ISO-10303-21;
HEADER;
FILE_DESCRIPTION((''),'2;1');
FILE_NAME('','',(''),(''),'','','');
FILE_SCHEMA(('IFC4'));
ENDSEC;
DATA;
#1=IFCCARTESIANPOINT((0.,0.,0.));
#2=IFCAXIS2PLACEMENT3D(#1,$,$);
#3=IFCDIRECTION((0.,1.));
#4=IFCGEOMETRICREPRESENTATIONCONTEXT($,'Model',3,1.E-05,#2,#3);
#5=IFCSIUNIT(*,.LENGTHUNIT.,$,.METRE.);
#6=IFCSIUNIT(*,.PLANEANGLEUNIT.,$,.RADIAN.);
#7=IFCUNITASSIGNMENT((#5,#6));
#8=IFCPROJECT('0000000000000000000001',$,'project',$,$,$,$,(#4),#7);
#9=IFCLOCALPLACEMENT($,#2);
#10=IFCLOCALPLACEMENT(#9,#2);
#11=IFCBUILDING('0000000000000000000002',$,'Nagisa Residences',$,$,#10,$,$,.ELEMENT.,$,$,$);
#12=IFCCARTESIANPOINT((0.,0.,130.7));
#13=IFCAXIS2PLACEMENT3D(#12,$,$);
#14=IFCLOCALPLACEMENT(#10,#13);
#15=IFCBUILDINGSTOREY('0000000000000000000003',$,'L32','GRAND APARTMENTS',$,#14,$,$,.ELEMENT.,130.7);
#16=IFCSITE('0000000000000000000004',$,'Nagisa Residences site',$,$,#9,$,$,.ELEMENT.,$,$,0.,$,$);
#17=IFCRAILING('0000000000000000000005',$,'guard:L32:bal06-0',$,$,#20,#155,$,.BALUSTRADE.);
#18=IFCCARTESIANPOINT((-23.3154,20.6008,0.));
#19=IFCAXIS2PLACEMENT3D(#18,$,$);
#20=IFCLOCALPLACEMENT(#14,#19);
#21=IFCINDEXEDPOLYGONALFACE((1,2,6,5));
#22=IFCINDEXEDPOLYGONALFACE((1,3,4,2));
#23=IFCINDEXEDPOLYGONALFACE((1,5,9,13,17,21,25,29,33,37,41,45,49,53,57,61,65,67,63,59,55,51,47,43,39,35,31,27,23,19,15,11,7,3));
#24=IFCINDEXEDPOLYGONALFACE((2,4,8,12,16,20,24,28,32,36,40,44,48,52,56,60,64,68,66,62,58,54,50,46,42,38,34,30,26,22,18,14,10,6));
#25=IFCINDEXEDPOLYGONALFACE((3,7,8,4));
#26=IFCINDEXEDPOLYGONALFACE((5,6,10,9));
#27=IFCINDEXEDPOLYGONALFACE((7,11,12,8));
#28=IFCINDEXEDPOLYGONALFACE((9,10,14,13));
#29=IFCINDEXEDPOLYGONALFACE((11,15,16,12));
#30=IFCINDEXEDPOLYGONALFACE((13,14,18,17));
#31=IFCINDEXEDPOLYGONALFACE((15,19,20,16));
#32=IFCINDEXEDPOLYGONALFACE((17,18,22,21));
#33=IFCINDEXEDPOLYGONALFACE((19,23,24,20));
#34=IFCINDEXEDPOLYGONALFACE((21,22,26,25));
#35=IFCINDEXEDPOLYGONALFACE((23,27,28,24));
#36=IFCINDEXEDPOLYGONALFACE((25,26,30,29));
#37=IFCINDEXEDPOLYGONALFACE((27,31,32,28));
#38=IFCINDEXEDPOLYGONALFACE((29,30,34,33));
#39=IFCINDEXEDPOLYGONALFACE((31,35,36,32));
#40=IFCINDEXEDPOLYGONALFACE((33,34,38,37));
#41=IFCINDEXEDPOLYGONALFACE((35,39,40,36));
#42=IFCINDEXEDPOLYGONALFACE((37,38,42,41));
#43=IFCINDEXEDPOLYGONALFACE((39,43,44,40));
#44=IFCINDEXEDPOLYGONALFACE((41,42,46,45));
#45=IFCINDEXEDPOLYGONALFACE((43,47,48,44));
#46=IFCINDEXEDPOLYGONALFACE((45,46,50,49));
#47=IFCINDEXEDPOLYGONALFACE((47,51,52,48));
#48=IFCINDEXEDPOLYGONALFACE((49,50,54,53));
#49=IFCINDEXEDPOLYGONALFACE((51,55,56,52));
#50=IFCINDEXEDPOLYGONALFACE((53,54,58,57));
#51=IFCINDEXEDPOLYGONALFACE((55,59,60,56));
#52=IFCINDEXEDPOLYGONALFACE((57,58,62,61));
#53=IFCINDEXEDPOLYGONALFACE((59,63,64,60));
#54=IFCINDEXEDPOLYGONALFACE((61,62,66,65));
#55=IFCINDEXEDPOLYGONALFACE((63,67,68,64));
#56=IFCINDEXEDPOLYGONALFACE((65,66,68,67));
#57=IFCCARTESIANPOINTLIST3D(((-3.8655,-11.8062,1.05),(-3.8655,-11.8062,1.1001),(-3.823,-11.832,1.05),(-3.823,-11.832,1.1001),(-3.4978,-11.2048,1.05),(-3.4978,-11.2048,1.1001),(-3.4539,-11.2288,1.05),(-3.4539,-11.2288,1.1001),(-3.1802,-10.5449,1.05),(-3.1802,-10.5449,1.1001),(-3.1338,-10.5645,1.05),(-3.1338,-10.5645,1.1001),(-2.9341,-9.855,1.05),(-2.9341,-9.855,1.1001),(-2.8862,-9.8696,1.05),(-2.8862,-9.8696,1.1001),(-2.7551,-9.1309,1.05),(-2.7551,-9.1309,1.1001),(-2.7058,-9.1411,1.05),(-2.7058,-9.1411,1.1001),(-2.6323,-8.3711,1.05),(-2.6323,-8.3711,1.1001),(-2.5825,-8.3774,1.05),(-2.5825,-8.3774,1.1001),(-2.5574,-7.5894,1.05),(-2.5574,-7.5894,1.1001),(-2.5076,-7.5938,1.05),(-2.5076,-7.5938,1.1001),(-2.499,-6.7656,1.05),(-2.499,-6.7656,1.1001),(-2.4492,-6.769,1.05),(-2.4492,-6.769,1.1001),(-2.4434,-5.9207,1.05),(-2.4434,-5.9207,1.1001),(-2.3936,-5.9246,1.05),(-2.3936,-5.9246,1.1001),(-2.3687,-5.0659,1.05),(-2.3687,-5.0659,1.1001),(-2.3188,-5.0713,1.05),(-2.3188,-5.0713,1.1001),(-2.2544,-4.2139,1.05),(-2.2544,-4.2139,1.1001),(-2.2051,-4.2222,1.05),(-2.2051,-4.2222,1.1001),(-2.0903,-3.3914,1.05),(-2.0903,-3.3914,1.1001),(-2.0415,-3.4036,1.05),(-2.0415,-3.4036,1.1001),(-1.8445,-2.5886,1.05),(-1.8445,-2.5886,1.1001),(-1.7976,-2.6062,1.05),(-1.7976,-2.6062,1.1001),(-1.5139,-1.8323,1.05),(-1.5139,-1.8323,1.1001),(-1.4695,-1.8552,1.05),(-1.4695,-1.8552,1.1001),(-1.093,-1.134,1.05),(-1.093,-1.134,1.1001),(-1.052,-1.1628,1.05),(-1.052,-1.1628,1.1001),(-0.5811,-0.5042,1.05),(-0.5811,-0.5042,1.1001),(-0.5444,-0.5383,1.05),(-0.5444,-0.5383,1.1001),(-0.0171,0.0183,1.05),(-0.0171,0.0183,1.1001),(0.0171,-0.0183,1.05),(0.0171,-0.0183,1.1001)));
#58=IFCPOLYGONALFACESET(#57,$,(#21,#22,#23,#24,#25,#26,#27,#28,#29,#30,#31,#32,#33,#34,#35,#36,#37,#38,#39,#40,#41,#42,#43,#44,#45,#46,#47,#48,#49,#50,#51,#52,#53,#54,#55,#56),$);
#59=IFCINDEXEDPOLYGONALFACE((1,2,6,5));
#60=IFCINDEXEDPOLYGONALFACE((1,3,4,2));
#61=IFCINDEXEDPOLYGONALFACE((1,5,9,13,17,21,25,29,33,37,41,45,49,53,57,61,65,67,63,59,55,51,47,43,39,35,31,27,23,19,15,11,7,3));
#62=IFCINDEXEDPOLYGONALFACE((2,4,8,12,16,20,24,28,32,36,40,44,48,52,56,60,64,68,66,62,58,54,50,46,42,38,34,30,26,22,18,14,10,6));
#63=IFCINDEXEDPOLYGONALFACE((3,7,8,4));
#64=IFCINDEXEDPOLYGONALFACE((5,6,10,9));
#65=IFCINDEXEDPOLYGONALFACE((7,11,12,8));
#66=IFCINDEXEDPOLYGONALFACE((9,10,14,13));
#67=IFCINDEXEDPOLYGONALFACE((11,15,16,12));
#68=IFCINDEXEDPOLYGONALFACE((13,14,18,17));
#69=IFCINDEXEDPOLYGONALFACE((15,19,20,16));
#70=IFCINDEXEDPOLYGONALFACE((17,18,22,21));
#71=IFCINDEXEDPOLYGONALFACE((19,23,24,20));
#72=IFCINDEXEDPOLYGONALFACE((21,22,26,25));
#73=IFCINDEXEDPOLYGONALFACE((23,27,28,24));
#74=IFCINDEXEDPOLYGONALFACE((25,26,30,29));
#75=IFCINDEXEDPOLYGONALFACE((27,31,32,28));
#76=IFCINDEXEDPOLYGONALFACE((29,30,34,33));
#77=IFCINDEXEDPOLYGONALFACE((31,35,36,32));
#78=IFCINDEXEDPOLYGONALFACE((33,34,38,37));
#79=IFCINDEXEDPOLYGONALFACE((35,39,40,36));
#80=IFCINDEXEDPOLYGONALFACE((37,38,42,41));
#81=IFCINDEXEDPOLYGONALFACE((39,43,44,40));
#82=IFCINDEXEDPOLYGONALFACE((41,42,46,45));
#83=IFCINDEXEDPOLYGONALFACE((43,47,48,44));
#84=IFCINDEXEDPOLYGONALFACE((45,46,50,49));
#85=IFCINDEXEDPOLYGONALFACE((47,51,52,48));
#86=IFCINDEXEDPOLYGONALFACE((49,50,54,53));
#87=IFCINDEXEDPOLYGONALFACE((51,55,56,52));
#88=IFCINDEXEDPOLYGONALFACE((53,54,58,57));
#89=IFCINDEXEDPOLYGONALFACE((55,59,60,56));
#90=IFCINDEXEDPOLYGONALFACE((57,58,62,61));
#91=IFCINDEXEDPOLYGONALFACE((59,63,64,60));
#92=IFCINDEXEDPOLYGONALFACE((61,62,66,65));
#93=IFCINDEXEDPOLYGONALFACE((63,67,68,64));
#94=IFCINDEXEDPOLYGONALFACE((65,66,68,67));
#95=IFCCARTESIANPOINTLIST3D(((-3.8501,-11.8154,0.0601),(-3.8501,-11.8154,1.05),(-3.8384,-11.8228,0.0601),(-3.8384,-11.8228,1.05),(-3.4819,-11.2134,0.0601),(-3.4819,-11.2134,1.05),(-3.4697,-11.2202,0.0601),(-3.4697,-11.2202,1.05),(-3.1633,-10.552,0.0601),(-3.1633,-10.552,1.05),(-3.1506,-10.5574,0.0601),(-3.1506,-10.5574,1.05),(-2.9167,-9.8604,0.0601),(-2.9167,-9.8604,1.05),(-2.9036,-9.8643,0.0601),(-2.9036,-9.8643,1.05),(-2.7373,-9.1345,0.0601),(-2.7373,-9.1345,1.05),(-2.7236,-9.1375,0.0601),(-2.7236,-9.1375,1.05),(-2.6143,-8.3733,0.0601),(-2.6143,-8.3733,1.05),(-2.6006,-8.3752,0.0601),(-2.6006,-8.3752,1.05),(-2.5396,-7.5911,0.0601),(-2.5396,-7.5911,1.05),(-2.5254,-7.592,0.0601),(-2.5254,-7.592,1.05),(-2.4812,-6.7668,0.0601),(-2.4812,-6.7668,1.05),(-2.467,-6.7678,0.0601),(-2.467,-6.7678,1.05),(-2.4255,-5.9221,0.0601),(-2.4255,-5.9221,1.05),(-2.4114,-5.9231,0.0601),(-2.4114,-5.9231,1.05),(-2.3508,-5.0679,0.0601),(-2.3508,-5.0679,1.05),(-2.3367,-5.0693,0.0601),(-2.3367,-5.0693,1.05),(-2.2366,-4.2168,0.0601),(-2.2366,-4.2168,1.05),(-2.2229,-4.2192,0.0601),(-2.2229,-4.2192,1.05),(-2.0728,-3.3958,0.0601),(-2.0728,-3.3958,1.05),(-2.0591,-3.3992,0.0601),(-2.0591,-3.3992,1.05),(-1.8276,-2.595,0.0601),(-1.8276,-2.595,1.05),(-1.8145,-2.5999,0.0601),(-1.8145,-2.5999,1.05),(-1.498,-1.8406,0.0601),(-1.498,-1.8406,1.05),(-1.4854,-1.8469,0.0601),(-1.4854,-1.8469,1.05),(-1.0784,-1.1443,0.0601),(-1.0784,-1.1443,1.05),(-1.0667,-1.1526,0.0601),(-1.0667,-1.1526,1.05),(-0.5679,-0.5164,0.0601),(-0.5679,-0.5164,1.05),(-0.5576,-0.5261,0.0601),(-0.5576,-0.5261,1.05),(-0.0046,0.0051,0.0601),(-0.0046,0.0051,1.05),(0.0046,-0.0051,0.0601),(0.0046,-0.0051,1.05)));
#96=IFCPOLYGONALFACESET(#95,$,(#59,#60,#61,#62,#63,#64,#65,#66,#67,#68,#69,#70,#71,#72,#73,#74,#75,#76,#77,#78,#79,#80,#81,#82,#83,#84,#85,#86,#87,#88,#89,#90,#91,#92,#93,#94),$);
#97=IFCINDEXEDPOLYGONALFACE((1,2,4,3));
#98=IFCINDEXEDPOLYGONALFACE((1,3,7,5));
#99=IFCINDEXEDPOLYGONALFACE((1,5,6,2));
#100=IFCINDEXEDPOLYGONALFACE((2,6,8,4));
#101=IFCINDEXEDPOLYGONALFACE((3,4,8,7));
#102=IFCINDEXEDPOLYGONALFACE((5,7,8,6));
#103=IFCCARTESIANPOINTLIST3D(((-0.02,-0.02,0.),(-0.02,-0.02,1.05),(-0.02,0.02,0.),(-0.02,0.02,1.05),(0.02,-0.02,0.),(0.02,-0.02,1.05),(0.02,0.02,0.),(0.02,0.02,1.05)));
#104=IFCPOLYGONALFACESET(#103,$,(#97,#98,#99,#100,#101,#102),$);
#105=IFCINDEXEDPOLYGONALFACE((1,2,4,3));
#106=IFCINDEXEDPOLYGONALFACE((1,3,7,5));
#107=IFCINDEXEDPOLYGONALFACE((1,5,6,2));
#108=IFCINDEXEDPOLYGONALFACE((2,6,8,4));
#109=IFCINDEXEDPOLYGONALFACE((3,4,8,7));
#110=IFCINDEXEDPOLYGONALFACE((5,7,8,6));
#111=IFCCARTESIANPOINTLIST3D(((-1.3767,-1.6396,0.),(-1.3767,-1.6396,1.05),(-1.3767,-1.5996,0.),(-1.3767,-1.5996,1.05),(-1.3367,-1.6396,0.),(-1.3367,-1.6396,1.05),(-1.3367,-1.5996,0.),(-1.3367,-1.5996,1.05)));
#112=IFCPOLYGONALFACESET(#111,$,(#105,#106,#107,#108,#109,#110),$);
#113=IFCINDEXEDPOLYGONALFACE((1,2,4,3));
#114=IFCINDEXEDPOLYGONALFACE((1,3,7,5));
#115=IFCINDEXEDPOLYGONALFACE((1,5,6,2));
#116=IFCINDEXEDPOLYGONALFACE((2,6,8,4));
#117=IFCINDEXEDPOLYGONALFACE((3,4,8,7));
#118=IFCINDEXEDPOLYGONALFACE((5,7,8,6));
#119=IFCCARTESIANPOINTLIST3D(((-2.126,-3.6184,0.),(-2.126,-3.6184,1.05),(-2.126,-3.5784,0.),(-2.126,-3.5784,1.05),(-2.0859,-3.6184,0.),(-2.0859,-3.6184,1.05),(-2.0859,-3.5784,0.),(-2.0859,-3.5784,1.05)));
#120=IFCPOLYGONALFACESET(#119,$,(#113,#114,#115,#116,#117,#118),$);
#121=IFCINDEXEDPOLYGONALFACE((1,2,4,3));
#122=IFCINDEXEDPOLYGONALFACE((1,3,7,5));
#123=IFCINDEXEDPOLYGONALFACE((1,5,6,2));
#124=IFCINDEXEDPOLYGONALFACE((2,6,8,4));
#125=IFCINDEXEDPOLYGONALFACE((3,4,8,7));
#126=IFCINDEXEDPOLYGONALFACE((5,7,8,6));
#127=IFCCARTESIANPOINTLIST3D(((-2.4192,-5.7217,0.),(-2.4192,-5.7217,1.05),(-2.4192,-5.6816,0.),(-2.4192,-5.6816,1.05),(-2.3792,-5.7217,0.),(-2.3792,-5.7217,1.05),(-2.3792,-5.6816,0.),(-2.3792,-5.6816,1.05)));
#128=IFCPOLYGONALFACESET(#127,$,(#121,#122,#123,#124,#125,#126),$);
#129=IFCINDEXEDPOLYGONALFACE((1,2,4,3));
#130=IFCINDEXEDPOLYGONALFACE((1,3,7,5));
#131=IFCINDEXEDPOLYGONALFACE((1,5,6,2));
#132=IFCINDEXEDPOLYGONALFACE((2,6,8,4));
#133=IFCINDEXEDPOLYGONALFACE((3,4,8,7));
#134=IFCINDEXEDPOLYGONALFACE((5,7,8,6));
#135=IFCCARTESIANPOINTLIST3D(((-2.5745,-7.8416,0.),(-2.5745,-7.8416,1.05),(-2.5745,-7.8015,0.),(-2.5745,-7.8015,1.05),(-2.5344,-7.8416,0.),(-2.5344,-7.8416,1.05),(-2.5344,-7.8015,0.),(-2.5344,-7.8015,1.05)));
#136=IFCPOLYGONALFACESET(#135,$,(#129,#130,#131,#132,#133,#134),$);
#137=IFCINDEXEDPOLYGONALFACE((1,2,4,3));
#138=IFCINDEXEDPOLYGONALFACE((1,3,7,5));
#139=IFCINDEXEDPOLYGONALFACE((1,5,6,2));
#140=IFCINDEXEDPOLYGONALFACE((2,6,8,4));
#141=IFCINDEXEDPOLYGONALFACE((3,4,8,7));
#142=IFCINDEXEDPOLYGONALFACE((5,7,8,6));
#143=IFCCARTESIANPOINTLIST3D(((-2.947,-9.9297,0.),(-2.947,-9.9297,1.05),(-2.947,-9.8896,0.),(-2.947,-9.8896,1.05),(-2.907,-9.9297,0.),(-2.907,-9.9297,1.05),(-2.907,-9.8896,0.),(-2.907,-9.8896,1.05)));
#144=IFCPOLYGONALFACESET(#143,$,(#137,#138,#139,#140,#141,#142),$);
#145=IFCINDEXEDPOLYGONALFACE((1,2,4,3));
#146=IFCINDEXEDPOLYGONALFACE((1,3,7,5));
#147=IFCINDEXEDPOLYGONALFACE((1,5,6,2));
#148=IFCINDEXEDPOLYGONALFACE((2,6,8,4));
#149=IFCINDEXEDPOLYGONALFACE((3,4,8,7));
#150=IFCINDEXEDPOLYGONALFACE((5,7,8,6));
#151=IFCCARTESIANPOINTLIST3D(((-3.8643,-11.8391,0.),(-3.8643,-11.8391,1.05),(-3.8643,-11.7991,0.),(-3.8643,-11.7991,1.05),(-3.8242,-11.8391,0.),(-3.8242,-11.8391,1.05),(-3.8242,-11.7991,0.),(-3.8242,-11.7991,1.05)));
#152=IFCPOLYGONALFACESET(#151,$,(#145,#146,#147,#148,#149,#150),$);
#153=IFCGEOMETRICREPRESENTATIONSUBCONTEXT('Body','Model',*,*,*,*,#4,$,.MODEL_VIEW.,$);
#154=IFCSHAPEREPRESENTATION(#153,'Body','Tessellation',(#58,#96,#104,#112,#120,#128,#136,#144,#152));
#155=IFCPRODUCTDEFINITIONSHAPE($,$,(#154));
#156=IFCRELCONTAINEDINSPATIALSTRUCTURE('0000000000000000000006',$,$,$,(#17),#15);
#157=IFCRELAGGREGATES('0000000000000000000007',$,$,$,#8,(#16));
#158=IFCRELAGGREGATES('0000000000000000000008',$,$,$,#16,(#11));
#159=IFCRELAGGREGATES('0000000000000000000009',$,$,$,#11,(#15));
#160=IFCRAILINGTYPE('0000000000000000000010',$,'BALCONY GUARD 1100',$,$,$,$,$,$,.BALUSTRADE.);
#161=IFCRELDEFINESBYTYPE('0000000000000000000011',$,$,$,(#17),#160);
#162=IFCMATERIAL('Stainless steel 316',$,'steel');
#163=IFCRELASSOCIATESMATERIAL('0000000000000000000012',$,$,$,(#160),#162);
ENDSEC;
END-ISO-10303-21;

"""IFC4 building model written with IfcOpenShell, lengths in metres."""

from ifc_helpers import new_model, si_unit, direction, frame, origin, origin_2d, place, context, subcontext, project, spatial, polyline, rectangle, outline, extrude, material, type_object, element, save


model = new_model("IFC4")

# Units and contexts
model_context = context("Model", 3, precision=1e-05, world=origin(), true_north=direction((0.0, 1.0)))
body_context = subcontext(model_context, "Body", "Model", "MODEL_VIEW")
ifc_project = project(units=[si_unit("LENGTHUNIT", "METRE"), si_unit("PLANEANGLEUNIT", "RADIAN")], contexts=[model_context])

# Site, building, storey
site_placement = place(None, origin())
site = spatial("IfcSite", under=ifc_project, at=site_placement, Name="Nagisa Residences site", CompositionType="ELEMENT", RefElevation=0.0)
building_placement = place(site_placement, origin())
building = spatial("IfcBuilding", under=site, at=building_placement, Name="Nagisa Residences", CompositionType="ELEMENT")
storey_placement = place(building_placement, frame((0.0, 0.0, 130.7)))
storey = spatial("IfcBuildingStorey", under=building, at=storey_placement, Name="L32", Description="GRAND APARTMENTS", CompositionType="ELEMENT", Elevation=130.7)

# Railing
ifc_material_1 = material(Name="Stainless steel 316", Category="steel")
railing_type = type_object("IfcRailingType", Name="BALCONY GUARD 1100", PredefinedType="BALUSTRADE", material=ifc_material_1)
railing_1_placement = place(storey_placement, frame((-23.3154, 20.6008, 0.0)))
element("IfcRailing", 1, at=railing_1_placement, inside=storey, type_object=railing_type, Name="guard:L32:bal06-0", PredefinedType="BALUSTRADE", context=body_context, shape_type="SweptSolid", body=[
    extrude(outline(polyline([(-0.5444, -0.5383), (0.0171, -0.0183), (-0.0171, 0.0183), (-0.5811, -0.5042), (-1.093, -1.134), (-1.5139, -1.8323), (-1.8445, -2.5886), (-2.0903, -3.3914), (-2.2544, -4.2139), (-2.3687, -5.0659), (-2.4434, -5.9207), (-2.499, -6.7656), (-2.5574, -7.5894), (-2.6323, -8.3711), (-2.7551, -9.1309), (-2.9341, -9.855), (-3.1802, -10.5449), (-3.4978, -11.2048), (-3.8655, -11.8062), (-3.823, -11.832), (-3.4539, -11.2288), (-3.1338, -10.5645), (-2.8862, -9.8696), (-2.7058, -9.1411), (-2.5825, -8.3774), (-2.5076, -7.5938), (-2.4492, -6.769), (-2.3936, -5.9246), (-2.3188, -5.0713), (-2.2051, -4.2222), (-2.0415, -3.4036), (-1.7976, -2.6062), (-1.4695, -1.8552), (-1.052, -1.1628), (-0.5444, -0.5383)])), frame((0.0, 0.0, 1.05)), (0.0, 0.0, 1.0), 0.05),
    extrude(outline(polyline([(-0.5576, -0.5261), (0.0046, -0.0051), (-0.0046, 0.0051), (-0.5679, -0.5164), (-1.0784, -1.1443), (-1.498, -1.8406), (-1.8276, -2.595), (-2.0728, -3.3958), (-2.2366, -4.2168), (-2.3508, -5.0679), (-2.4255, -5.9221), (-2.4812, -6.7668), (-2.5396, -7.5911), (-2.6143, -8.3733), (-2.7373, -9.1345), (-2.9167, -9.8604), (-3.1633, -10.552), (-3.4819, -11.2134), (-3.8501, -11.8154), (-3.8384, -11.8228), (-3.4697, -11.2202), (-3.1506, -10.5574), (-2.9036, -9.8643), (-2.7236, -9.1375), (-2.6006, -8.3752), (-2.5254, -7.592), (-2.467, -6.7678), (-2.4114, -5.9231), (-2.3367, -5.0693), (-2.2229, -4.2192), (-2.0591, -3.3992), (-1.8145, -2.5999), (-1.4854, -1.8469), (-1.0667, -1.1526), (-0.5576, -0.5261)])), frame((0.0, 0.0, 0.0601)), (0.0, 0.0, 1.0), 0.99),
    extrude(rectangle(XDim=0.04, YDim=0.04, at=origin_2d()), origin(), (0.0, 0.0, 1.0), 1.05),
    extrude(rectangle(XDim=0.04, YDim=0.04, at=origin_2d()), frame((-1.3567, -1.6196, 0.0)), (0.0, 0.0, 1.0), 1.05),
    extrude(rectangle(XDim=0.04, YDim=0.04, at=origin_2d()), frame((-2.106, -3.5984, 0.0)), (0.0, 0.0, 1.0), 1.05),
    extrude(rectangle(XDim=0.04, YDim=0.04, at=origin_2d()), frame((-2.3992, -5.7017, 0.0)), (0.0, 0.0, 1.0), 1.05),
    extrude(rectangle(XDim=0.04, YDim=0.04, at=origin_2d()), frame((-2.5544, -7.8215, 0.0)), (0.0, 0.0, 1.0), 1.05),
    extrude(rectangle(XDim=0.04, YDim=0.04, at=origin_2d()), frame((-2.927, -9.9097, 0.0)), (0.0, 0.0, 1.0), 1.05),
    extrude(rectangle(XDim=0.04, YDim=0.04, at=origin_2d()), frame((-3.8442, -11.8191, 0.0)), (0.0, 0.0, 1.0), 1.05),
])

save(model, "model.ifc")
